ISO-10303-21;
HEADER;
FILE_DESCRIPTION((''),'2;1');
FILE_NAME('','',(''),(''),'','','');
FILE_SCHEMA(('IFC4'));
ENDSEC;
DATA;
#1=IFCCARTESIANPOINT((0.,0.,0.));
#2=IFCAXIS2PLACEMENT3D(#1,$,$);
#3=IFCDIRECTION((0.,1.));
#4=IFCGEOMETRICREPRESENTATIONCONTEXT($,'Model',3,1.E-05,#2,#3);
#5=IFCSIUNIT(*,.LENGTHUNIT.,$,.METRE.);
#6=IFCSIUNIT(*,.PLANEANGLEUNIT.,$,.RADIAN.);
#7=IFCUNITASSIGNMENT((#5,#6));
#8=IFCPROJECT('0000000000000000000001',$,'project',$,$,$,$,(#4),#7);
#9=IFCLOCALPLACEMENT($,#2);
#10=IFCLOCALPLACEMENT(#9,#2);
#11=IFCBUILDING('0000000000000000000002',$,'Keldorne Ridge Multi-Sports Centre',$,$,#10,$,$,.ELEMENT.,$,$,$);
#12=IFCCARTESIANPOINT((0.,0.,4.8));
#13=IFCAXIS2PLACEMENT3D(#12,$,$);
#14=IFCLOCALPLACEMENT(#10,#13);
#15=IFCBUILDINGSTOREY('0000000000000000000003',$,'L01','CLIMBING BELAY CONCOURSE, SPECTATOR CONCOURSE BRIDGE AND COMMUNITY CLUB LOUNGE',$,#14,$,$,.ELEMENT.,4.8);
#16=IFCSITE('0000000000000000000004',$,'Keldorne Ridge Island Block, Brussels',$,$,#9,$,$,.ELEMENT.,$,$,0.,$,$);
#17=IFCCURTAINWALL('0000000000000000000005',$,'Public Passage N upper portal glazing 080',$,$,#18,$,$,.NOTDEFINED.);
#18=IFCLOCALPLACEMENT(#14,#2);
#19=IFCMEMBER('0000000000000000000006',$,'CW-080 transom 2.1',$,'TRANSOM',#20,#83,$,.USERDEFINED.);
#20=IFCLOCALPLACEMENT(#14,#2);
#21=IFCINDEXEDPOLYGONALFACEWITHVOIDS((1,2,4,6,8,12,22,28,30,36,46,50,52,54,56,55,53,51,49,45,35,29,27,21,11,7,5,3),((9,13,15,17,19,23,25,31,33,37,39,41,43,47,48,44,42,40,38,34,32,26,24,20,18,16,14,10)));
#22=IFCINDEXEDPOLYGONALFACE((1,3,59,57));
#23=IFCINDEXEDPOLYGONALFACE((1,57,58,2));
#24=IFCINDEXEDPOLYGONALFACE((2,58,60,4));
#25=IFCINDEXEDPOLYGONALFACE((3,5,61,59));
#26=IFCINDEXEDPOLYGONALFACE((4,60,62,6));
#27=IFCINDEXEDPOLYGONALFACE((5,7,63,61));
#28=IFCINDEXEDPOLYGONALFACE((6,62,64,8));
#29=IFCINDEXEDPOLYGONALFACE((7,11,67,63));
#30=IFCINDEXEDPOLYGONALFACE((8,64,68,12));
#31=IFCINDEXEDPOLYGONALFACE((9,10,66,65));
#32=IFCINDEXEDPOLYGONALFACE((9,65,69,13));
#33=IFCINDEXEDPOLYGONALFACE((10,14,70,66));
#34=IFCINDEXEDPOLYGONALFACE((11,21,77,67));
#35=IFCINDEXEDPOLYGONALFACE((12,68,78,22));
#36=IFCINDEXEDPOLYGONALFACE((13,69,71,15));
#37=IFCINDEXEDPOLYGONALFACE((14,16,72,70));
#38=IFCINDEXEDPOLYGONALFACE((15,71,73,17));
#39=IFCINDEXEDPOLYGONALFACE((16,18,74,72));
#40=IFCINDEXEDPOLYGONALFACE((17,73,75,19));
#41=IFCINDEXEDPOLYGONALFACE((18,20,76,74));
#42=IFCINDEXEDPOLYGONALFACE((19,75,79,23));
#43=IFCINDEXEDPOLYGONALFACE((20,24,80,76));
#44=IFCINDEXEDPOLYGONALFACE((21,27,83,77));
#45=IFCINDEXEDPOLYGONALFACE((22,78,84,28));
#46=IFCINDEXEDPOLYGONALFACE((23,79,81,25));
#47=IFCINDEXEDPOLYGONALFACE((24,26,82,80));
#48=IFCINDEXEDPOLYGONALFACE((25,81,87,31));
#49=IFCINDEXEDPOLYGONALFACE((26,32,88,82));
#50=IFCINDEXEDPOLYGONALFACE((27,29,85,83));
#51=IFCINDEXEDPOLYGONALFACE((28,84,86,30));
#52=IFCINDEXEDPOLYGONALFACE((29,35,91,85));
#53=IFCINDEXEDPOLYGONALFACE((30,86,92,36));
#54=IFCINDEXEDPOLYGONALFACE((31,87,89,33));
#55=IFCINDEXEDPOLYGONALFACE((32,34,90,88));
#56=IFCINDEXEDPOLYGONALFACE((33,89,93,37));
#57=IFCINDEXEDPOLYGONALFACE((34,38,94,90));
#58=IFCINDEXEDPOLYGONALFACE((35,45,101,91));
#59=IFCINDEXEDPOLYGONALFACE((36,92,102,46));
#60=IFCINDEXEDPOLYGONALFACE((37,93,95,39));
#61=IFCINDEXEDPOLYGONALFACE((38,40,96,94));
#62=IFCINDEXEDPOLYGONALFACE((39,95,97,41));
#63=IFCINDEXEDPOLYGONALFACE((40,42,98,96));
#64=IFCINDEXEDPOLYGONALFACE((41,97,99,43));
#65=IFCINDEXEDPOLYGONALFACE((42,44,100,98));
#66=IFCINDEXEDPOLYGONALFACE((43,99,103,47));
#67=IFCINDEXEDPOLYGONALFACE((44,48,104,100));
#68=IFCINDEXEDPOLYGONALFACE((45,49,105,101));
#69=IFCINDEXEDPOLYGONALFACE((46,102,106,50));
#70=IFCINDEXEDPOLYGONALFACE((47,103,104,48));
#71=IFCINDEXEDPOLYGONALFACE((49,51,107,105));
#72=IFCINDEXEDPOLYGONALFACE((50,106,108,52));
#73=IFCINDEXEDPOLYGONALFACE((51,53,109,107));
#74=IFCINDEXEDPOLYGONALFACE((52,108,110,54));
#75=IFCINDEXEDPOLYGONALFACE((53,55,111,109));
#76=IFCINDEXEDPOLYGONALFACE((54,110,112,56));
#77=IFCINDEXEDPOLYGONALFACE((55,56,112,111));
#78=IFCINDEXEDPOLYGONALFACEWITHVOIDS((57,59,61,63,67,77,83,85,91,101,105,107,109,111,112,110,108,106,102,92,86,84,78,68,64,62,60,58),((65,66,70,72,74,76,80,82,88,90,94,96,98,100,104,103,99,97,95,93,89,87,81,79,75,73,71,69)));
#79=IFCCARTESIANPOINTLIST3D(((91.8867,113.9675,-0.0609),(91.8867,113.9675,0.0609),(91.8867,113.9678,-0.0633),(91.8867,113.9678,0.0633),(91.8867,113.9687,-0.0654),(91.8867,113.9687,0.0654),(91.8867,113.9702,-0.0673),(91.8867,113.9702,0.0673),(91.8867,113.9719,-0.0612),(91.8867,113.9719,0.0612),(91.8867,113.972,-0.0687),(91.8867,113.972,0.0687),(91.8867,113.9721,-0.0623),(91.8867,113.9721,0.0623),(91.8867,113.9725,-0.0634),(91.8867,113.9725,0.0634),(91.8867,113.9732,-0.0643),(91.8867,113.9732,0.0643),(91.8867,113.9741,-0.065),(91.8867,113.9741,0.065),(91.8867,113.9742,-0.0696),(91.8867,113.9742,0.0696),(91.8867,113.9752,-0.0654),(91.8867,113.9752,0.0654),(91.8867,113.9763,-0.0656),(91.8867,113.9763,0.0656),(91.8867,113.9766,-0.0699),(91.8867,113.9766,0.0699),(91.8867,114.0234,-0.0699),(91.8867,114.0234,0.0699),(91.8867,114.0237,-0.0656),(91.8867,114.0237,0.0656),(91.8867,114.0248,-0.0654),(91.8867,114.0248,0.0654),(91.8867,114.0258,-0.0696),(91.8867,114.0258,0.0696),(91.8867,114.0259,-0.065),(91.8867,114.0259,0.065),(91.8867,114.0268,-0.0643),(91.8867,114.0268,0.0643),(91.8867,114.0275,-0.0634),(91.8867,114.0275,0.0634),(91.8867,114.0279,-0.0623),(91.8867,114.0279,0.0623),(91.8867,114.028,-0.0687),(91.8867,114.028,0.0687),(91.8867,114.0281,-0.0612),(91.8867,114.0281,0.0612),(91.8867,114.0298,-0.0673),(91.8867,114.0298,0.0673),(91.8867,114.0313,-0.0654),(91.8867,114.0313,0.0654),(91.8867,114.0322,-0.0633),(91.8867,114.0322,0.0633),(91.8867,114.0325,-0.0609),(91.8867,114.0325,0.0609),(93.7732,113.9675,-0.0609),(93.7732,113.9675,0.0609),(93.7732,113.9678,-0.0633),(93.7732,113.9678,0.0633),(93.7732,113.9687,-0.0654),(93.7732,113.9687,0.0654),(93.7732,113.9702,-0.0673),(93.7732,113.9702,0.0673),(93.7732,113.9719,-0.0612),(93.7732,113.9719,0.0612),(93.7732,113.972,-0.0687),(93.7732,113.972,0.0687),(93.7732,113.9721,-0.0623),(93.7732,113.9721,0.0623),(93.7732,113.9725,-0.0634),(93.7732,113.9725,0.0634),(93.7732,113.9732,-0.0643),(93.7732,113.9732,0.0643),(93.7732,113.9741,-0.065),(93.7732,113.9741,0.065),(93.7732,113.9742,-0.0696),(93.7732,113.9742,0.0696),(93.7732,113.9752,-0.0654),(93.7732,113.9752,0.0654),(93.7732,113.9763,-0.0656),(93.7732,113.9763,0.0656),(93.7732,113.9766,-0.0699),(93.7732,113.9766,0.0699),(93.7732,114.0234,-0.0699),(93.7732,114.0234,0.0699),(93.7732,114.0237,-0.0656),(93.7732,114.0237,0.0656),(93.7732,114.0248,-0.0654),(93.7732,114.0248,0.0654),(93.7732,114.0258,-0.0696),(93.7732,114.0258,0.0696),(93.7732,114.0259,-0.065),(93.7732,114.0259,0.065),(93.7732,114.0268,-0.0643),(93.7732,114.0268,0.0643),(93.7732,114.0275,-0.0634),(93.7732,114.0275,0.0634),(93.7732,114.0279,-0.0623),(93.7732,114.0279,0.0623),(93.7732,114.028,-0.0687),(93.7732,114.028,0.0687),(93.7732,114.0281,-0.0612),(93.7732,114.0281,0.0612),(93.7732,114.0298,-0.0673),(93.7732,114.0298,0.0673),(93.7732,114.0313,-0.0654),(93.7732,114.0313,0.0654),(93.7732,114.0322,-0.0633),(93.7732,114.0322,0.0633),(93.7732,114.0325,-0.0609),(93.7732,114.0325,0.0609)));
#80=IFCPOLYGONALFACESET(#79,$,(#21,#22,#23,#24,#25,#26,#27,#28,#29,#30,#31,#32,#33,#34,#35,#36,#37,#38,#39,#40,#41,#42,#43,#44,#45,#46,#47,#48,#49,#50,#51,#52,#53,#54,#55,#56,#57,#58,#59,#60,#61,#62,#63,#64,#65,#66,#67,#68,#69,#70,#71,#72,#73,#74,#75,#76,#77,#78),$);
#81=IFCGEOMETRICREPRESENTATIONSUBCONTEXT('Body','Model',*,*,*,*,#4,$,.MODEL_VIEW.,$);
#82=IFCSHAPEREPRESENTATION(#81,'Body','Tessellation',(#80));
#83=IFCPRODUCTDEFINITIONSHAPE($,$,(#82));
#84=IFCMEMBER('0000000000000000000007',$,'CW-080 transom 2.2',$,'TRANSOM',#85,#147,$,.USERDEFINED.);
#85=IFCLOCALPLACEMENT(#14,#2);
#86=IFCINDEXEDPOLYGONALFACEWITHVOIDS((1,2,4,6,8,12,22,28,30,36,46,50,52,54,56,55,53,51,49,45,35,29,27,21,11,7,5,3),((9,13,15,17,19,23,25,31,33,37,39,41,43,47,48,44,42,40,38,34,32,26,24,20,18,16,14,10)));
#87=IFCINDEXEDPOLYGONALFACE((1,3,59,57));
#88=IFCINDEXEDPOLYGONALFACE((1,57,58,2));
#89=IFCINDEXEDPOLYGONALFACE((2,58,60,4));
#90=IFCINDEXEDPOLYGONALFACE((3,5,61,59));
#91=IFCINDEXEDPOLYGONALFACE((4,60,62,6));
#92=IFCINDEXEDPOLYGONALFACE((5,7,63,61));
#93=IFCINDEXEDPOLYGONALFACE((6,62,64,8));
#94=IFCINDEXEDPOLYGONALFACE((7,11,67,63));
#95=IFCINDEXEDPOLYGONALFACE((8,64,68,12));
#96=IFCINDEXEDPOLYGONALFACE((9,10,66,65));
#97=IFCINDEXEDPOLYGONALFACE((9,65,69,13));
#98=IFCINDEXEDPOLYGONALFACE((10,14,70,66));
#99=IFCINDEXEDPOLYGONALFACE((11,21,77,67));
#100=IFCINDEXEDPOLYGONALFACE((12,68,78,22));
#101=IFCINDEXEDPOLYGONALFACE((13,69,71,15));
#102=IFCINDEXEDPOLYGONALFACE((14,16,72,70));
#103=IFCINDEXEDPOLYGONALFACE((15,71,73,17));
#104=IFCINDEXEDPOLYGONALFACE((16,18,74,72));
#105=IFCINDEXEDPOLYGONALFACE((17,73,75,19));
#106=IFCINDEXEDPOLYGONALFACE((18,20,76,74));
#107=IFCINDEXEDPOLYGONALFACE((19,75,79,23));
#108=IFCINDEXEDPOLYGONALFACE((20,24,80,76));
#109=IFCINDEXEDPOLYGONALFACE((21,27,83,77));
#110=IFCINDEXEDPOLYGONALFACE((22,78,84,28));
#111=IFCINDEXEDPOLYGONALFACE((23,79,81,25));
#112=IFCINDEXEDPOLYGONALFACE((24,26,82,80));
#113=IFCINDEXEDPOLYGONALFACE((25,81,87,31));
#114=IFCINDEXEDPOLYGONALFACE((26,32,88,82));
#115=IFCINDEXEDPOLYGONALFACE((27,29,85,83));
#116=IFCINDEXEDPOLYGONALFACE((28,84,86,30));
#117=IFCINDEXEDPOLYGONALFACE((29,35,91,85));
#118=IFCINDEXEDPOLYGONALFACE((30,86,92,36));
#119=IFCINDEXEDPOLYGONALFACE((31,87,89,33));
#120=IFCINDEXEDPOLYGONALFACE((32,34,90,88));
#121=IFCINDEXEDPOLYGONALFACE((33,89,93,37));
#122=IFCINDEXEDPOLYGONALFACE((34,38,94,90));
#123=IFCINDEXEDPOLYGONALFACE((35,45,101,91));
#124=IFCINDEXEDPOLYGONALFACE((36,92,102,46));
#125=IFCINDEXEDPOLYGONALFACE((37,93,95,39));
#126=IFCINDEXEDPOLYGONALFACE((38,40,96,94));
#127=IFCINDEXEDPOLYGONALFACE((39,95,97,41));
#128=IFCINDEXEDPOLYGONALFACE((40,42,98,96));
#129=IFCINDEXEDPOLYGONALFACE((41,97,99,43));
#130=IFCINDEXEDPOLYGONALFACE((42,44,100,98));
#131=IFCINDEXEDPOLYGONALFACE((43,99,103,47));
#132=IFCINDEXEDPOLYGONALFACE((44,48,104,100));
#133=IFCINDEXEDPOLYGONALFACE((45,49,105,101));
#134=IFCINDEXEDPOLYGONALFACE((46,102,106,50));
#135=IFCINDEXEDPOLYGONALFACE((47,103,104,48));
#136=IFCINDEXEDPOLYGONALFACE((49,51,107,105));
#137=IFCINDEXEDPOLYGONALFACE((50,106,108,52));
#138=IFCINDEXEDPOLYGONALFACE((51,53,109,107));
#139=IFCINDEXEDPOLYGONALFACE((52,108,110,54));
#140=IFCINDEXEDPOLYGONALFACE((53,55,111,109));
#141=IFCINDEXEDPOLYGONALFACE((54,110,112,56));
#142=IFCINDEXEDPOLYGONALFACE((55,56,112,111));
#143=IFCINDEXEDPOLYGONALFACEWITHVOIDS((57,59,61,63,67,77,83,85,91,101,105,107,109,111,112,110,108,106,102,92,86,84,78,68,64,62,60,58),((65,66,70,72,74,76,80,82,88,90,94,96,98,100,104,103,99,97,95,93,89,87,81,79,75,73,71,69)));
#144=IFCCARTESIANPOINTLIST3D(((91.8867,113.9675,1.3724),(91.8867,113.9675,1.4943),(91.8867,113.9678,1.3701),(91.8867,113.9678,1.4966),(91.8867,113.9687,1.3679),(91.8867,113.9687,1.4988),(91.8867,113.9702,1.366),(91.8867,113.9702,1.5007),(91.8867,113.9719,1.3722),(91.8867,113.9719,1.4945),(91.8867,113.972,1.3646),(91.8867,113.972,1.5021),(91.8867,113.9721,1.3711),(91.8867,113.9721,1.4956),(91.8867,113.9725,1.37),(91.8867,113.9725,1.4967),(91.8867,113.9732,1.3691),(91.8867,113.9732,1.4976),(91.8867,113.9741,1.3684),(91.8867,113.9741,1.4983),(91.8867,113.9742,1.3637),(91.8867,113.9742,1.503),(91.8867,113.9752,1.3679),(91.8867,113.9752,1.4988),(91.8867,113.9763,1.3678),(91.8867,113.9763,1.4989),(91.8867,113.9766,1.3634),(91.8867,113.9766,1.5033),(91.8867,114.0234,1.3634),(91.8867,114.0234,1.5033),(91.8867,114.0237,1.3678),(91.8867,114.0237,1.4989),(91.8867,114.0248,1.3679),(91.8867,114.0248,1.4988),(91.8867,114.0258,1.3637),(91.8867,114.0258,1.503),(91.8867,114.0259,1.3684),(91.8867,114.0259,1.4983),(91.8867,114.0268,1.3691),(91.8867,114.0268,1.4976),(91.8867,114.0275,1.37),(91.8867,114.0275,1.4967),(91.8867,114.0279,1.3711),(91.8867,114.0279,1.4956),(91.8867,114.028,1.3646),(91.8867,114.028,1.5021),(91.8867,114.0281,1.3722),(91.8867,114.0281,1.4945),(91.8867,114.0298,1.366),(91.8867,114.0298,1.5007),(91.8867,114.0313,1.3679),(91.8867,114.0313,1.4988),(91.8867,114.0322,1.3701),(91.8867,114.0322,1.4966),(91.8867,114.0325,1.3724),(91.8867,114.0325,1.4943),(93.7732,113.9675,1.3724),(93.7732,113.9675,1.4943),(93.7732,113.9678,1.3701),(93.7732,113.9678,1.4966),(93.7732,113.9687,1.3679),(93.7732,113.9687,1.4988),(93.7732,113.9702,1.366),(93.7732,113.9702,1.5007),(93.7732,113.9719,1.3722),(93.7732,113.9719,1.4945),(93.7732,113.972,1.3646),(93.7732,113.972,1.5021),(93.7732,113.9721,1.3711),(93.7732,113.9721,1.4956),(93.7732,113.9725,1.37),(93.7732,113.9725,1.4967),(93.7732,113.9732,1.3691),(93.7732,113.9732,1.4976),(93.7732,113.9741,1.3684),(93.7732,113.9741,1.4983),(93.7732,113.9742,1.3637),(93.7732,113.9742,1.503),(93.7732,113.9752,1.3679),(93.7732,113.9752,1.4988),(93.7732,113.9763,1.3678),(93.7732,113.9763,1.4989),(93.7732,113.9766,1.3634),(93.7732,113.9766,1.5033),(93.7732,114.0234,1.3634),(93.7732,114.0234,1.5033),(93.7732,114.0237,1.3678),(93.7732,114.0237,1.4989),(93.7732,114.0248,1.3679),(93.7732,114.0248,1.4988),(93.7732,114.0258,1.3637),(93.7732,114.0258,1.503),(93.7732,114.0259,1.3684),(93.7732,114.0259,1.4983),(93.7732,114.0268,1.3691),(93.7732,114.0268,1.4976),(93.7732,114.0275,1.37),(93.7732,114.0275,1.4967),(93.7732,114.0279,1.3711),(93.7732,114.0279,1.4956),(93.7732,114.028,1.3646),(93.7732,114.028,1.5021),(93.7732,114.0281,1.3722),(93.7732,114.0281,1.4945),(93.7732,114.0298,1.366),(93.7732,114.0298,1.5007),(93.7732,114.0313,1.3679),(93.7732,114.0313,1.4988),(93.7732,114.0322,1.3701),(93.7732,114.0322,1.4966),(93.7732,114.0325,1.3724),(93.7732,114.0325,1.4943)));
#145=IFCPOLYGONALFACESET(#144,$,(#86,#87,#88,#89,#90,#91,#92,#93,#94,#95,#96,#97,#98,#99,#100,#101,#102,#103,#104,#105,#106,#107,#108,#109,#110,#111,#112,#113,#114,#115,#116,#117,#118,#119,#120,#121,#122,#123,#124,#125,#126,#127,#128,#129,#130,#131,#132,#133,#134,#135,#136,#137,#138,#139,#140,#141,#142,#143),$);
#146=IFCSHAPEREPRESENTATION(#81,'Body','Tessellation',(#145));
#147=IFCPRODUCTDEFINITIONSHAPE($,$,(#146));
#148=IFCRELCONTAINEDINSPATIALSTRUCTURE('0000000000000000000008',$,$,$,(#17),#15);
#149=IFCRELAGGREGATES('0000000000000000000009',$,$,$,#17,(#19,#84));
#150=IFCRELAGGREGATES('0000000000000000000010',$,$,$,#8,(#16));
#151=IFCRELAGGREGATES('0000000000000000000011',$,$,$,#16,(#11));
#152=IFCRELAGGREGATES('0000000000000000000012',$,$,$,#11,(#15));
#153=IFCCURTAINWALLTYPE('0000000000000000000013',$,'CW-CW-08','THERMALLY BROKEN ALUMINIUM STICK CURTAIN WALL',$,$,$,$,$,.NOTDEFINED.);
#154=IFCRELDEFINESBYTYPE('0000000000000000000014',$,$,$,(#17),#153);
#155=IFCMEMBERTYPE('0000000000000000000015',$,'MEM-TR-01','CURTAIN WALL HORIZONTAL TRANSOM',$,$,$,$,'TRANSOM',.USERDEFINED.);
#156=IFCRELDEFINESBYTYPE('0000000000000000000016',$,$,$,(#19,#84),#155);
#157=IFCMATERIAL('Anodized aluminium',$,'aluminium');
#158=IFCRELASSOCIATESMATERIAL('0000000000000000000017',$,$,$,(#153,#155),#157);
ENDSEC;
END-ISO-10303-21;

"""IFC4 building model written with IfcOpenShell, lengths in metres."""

from ifc_helpers import new_model, si_unit, direction, frame, origin, origin_2d, place, context, subcontext, project, spatial, hollow_rectangle, extrude, material, material_profile, profile_set, type_object, element, aggregate, save


model = new_model("IFC4")

# Units and contexts
model_context = context("Model", 3, precision=1e-05, world=origin(), true_north=direction((0.0, 1.0)))
body_context = subcontext(model_context, "Body", "Model", "MODEL_VIEW")
ifc_project = project(units=[si_unit("LENGTHUNIT", "METRE"), si_unit("PLANEANGLEUNIT", "RADIAN")], contexts=[model_context])

# Site, building, storey
site_placement = place(None, origin())
site = spatial("IfcSite", under=ifc_project, at=site_placement, Name="Keldorne Ridge Island Block, Brussels", CompositionType="ELEMENT", RefElevation=0.0)
building_placement = place(site_placement, origin())
building = spatial("IfcBuilding", under=site, at=building_placement, Name="Keldorne Ridge Multi-Sports Centre", CompositionType="ELEMENT")
storey_placement = place(building_placement, frame((0.0, 0.0, 4.8)))
storey = spatial("IfcBuildingStorey", under=building, at=storey_placement, Name="L01", Description="CLIMBING BELAY CONCOURSE, SPECTATOR CONCOURSE BRIDGE AND COMMUNITY CLUB LOUNGE", CompositionType="ELEMENT", Elevation=4.8)

# Shared definitions
ifc_material_1 = material(Name="Anodized aluminium", Category="aluminium")

# Curtain wall, members
curtain_wall_type_1 = type_object("IfcCurtainWallType", Name="CW-CW-08", Description="THERMALLY BROKEN ALUMINIUM STICK CURTAIN WALL", PredefinedType="NOTDEFINED", material=ifc_material_1)
curtain_wall_1_placement = place(storey_placement, origin())
curtain_wall_1 = element("IfcCurtainWall", 1, at=curtain_wall_1_placement, inside=storey, type_object=curtain_wall_type_1, Name="Public Passage N upper portal glazing 080", PredefinedType="NOTDEFINED")
ifc_material_profile_1 = material_profile(ifc_material_1, hollow_rectangle(XDim=0.0649, YDim=0.1399, WallThickness=0.0044, InnerFilletRadius=0.0044, OuterFilletRadius=0.009, at=origin_2d()), Name="ALU TRANSOM 140x65x4.5")
ifc_profile_set_1 = profile_set([ifc_material_profile_1], Name="Anodized aluminium")
member_type_1 = type_object("IfcMemberType", Name="MEM-TR-01", Description="CURTAIN WALL HORIZONTAL TRANSOM", ElementType="TRANSOM", PredefinedType="USERDEFINED", material=ifc_profile_set_1)
member_1_placement = place(storey_placement, frame((93.7732, 114.0, 0.0), z_axis=(-1.0, 0.0, 0.0), x_axis=(0.0, -1.0, 0.0)))
member_1 = element("IfcMember", 2, at=member_1_placement, type_object=member_type_1, Name="CW-080 transom 2.1", ObjectType="TRANSOM", PredefinedType="USERDEFINED", context=body_context, shape_type="SweptSolid", body=[
    extrude(hollow_rectangle(XDim=0.0649, YDim=0.1399, WallThickness=0.0044, InnerFilletRadius=0.0044, OuterFilletRadius=0.009, at=origin_2d()), origin(), (0.0, 0.0, 1.0), 1.8865),
])
member_2_placement = place(storey_placement, frame((93.7732, 114.0, 1.4333), z_axis=(-1.0, 0.0, 0.0), x_axis=(0.0, -1.0, 0.0)))
member_2 = element("IfcMember", 3, at=member_2_placement, type_object=member_type_1, Name="CW-080 transom 2.2", ObjectType="TRANSOM", PredefinedType="USERDEFINED", context=body_context, shape_type="SweptSolid", body=[
    extrude(hollow_rectangle(XDim=0.0649, YDim=0.1399, WallThickness=0.0044, InnerFilletRadius=0.0044, OuterFilletRadius=0.009, at=origin_2d()), origin(), (0.0, 0.0, 1.0), 1.8865),
])

aggregate(curtain_wall_1, [member_1, member_2])

save(model, "model.ifc")
